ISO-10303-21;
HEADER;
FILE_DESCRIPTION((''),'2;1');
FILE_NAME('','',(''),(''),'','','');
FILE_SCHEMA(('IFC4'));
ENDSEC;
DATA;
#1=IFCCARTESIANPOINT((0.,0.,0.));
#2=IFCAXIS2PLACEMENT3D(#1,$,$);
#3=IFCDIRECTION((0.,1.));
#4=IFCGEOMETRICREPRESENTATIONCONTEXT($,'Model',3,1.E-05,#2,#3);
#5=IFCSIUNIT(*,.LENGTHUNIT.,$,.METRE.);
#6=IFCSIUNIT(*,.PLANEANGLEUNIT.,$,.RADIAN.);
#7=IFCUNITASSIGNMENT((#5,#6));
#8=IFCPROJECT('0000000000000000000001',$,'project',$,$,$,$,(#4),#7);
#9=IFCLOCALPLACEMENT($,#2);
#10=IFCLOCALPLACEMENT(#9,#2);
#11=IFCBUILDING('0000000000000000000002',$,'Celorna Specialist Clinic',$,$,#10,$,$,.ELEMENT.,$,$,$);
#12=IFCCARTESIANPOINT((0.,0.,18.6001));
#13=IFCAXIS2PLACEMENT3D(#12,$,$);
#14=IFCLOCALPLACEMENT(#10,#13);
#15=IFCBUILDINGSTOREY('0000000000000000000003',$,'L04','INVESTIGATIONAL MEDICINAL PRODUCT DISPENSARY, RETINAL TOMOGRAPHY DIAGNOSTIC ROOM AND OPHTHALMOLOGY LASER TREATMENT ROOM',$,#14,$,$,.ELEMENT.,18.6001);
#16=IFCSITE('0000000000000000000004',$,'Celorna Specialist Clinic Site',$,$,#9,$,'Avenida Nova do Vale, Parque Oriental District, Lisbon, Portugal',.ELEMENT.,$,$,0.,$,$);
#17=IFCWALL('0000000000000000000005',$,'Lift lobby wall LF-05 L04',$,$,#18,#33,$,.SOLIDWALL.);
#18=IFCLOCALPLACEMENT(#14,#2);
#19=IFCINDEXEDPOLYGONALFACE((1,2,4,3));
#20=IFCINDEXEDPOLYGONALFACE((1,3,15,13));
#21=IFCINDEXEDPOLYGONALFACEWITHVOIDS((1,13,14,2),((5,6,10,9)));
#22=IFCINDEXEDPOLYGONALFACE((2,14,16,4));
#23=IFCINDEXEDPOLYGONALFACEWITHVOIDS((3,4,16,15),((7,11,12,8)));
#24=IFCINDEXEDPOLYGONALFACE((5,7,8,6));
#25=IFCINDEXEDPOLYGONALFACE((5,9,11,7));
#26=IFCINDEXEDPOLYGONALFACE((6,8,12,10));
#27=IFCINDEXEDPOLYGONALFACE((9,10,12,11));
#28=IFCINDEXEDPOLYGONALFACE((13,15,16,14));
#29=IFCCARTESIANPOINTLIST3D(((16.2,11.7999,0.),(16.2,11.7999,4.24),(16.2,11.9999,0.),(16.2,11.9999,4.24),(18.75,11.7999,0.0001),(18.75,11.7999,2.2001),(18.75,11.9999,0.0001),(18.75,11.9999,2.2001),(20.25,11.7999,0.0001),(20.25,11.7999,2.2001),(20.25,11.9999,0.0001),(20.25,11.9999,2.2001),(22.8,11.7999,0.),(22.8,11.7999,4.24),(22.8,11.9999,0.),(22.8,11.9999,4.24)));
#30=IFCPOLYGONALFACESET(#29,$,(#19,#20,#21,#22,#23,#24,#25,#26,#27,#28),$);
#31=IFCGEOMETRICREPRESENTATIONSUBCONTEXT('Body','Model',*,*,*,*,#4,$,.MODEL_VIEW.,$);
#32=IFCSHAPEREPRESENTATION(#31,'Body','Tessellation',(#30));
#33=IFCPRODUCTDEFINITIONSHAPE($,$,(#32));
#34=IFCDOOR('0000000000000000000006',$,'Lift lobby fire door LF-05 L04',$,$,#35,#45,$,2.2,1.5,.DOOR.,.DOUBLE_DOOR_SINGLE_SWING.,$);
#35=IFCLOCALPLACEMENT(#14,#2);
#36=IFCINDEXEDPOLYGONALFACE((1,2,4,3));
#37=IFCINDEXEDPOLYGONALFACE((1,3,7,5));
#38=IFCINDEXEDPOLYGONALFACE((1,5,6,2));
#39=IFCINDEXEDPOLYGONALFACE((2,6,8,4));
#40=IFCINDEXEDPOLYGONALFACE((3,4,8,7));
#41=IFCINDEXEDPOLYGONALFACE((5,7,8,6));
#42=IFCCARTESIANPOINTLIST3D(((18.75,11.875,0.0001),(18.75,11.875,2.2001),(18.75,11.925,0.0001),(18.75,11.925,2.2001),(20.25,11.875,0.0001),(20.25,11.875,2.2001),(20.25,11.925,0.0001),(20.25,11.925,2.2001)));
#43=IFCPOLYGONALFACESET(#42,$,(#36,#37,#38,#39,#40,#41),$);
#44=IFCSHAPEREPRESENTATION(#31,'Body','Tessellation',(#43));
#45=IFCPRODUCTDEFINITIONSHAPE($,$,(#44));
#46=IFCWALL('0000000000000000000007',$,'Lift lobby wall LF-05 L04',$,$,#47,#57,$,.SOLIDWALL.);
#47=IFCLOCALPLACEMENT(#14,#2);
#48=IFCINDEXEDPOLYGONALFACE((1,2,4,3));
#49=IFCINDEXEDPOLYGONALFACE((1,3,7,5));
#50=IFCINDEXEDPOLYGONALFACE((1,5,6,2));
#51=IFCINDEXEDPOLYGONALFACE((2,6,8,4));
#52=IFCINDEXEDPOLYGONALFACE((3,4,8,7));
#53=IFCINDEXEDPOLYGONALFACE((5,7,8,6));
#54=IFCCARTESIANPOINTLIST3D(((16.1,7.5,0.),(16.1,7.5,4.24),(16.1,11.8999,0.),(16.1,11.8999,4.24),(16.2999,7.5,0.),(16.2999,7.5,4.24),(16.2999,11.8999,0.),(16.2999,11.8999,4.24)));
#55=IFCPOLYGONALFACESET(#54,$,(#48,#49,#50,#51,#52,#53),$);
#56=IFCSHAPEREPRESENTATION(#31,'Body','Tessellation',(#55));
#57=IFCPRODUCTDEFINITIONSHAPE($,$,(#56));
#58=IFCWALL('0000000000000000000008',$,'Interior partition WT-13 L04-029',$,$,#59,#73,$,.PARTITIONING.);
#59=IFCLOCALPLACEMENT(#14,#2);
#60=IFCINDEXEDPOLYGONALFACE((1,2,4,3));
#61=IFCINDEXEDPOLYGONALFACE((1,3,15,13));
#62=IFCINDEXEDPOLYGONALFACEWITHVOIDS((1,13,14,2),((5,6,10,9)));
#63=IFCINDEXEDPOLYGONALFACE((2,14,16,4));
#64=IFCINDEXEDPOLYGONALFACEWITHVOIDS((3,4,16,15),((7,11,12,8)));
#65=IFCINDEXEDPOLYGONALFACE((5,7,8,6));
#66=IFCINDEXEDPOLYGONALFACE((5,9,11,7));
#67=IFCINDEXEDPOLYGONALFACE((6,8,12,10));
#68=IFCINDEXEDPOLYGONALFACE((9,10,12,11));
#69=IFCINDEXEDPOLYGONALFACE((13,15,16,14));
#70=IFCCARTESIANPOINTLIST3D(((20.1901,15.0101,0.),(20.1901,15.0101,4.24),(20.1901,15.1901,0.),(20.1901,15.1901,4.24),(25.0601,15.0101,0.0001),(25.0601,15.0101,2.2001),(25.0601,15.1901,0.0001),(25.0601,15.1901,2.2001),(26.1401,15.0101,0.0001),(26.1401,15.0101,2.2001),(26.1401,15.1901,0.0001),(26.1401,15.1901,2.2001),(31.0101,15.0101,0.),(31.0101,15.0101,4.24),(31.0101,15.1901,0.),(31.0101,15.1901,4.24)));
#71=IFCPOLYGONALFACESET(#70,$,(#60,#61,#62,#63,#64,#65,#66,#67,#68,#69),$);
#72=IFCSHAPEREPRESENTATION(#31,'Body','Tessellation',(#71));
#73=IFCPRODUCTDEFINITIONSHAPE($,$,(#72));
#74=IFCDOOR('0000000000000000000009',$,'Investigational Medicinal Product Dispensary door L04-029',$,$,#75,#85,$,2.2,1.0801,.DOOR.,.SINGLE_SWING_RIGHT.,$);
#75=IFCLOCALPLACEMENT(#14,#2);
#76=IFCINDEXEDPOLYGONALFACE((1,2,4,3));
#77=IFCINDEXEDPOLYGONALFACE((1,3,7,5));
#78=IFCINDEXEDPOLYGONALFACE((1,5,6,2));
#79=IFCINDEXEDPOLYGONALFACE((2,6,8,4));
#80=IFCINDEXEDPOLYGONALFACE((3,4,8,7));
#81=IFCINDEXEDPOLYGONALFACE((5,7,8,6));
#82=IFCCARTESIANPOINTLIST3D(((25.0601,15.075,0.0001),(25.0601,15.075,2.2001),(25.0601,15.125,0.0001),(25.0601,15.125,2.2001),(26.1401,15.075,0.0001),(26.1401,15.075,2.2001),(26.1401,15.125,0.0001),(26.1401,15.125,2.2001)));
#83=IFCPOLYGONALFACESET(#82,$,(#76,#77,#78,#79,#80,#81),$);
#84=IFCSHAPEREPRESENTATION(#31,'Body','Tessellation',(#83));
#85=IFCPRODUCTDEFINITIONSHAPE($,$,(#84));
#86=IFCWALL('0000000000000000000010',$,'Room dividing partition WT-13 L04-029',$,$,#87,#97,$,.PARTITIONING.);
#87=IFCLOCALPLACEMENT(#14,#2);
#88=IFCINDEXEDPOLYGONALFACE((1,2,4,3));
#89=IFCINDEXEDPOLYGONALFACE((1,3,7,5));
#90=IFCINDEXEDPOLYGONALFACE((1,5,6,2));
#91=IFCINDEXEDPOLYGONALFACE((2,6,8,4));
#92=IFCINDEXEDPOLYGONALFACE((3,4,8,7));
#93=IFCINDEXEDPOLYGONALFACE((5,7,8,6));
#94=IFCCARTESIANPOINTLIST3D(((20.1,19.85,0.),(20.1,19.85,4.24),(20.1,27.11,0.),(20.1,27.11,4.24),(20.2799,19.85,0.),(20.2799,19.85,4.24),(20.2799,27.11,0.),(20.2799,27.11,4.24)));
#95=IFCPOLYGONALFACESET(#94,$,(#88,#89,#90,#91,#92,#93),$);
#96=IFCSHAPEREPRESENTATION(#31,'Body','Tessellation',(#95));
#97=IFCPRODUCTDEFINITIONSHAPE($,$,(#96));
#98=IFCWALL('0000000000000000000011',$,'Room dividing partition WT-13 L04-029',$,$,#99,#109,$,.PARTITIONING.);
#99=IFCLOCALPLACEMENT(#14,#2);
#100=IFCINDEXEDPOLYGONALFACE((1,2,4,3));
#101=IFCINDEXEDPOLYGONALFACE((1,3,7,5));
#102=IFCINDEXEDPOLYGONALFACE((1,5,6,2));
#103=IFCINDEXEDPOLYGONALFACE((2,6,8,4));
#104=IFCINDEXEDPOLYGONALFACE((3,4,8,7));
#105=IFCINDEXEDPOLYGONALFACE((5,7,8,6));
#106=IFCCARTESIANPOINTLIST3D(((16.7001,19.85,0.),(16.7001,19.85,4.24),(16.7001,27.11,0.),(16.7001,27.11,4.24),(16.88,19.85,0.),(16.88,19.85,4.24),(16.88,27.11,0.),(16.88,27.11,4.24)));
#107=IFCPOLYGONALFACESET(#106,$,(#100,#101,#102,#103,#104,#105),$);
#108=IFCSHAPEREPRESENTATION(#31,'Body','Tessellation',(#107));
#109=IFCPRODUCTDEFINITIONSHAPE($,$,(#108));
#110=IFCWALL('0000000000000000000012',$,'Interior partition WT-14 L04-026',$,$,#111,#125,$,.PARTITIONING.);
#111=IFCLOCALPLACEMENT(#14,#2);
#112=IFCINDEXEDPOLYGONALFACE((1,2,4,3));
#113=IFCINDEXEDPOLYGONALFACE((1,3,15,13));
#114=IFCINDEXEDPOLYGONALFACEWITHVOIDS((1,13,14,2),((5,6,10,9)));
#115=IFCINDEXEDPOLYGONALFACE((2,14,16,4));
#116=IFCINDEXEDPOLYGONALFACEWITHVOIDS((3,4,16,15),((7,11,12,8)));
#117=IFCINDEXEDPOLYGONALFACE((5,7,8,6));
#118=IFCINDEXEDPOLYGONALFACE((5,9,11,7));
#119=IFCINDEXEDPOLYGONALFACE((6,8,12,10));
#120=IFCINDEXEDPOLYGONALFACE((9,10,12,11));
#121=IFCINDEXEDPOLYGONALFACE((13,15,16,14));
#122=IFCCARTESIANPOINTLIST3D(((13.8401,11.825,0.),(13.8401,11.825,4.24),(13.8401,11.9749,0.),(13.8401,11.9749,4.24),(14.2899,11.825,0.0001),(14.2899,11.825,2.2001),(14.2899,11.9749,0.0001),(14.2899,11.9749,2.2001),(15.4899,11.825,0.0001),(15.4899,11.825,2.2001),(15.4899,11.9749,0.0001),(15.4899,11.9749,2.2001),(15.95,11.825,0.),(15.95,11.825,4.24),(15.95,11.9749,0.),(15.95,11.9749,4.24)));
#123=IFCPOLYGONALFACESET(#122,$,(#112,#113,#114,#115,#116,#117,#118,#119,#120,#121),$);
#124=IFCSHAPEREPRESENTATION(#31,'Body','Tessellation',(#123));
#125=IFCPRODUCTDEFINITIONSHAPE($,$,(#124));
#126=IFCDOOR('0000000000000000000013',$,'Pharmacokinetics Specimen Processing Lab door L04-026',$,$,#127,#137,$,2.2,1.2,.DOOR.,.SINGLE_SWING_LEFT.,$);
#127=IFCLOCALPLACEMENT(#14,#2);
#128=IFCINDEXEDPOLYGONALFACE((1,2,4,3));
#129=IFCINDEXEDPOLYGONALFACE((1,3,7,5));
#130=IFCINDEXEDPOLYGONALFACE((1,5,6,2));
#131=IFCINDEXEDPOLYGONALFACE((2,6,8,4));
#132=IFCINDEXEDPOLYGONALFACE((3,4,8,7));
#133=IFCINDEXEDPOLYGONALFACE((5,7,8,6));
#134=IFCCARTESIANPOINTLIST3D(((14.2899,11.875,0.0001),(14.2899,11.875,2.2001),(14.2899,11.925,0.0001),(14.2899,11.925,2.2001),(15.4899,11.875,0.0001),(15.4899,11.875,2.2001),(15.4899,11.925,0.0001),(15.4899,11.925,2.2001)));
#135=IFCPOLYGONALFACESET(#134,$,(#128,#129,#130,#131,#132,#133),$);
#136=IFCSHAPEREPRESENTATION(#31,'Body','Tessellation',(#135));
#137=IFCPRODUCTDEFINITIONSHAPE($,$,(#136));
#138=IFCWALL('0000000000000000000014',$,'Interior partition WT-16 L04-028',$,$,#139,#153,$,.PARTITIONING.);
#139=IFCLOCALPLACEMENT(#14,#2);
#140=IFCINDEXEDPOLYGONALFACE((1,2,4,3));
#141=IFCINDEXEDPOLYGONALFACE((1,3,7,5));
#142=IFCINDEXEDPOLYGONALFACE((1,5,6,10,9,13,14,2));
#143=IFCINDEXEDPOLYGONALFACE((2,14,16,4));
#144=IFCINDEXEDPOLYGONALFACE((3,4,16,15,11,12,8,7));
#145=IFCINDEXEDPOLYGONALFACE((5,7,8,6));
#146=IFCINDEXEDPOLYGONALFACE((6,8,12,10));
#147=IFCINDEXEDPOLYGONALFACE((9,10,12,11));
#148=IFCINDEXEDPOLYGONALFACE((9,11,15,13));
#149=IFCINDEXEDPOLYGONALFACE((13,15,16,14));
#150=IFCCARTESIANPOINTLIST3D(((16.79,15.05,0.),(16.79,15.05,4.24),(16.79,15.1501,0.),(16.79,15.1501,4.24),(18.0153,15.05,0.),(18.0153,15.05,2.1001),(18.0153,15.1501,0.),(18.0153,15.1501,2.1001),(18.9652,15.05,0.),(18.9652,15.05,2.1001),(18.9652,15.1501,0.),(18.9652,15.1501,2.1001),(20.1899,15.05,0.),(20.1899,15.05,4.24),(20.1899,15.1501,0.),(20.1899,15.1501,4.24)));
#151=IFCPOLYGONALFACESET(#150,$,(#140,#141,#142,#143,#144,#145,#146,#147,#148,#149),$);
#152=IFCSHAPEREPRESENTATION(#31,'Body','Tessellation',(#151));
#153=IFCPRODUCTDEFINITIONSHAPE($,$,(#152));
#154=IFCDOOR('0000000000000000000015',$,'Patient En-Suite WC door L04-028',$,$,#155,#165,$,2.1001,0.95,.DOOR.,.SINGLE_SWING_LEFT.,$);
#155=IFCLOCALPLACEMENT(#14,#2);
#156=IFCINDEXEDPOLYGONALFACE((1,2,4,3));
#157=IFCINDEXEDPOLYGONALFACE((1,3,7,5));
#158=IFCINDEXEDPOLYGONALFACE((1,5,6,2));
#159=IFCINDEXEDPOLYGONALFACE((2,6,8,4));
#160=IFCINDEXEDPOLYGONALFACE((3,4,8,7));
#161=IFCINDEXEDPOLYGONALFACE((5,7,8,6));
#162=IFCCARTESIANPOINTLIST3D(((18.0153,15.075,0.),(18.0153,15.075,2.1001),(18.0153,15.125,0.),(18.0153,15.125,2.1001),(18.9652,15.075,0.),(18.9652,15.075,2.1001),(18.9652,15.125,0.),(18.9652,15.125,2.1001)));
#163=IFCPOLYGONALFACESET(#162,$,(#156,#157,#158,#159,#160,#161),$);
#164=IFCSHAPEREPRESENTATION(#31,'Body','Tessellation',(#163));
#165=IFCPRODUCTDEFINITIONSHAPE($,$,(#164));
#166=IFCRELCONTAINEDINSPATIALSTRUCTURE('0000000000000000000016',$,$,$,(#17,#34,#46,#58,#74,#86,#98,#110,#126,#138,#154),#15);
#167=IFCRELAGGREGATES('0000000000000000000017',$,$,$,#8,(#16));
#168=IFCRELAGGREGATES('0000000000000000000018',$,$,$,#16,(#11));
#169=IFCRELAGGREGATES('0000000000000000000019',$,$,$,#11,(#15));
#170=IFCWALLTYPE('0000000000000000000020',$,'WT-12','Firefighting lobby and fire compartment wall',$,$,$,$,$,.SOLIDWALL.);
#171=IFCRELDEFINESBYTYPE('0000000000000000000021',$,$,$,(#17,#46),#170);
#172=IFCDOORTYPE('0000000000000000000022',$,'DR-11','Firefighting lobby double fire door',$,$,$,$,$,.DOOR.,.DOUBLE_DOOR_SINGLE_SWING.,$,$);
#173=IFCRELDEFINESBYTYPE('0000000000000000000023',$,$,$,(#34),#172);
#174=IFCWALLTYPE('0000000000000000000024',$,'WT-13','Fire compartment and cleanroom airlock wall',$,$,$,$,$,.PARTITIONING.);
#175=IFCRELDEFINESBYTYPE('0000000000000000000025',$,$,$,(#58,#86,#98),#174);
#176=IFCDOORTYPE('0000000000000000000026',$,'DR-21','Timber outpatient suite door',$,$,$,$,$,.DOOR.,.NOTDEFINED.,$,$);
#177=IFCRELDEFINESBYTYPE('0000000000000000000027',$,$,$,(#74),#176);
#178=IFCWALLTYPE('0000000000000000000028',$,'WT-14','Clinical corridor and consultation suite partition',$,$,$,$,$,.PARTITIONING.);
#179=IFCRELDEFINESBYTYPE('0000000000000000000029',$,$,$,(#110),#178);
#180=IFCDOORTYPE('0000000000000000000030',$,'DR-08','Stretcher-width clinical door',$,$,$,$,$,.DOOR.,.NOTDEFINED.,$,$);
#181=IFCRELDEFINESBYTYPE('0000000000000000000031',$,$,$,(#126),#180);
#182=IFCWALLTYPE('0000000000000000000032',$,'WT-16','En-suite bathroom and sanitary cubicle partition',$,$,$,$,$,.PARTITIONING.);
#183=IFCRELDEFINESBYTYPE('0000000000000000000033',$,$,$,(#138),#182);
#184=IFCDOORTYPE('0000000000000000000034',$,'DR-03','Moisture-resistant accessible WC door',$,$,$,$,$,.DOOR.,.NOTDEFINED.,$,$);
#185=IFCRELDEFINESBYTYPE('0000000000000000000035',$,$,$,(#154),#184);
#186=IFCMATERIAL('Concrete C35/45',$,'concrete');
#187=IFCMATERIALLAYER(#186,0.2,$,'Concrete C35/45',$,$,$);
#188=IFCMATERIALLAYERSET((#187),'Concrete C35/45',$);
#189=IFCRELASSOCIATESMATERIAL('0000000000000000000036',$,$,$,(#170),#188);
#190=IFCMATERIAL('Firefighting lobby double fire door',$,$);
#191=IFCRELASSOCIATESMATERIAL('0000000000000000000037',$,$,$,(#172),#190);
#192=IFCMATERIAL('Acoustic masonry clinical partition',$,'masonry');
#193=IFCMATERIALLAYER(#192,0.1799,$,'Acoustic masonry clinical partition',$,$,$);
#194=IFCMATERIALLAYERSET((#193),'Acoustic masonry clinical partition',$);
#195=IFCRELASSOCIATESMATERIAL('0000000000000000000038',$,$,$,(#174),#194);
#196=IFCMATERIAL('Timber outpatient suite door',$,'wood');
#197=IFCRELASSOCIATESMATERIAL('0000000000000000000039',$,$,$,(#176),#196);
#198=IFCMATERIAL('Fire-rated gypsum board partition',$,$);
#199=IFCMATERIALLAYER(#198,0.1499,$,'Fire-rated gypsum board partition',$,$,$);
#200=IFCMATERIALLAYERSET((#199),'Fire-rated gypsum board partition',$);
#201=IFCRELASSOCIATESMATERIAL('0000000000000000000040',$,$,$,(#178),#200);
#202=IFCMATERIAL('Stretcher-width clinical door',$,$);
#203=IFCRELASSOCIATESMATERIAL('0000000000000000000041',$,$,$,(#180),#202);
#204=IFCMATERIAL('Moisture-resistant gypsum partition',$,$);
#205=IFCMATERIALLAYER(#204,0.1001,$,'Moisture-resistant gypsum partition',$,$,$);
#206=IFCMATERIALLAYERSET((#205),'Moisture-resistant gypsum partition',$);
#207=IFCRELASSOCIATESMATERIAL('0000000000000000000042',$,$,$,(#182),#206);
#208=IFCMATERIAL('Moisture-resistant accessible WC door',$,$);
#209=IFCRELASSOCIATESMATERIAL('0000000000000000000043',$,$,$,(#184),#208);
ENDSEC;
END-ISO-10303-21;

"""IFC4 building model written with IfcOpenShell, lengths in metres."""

from ifc_helpers import new_model, si_unit, direction, frame, frame_2d, origin, place, context, subcontext, project, spatial, rectangle, extrude, material, layer, layer_set, type_object, element, fill, save


model = new_model("IFC4")

# Units and contexts
model_context = context("Model", 3, precision=1e-05, world=origin(), true_north=direction((0.0, 1.0)))
body_context = subcontext(model_context, "Body", "Model", "MODEL_VIEW")
ifc_project = project(units=[si_unit("LENGTHUNIT", "METRE"), si_unit("PLANEANGLEUNIT", "RADIAN")], contexts=[model_context])

# Site, building, storey
site_placement = place(None, origin())
site = spatial("IfcSite", under=ifc_project, at=site_placement, Name="Celorna Specialist Clinic Site", LongName="Avenida Nova do Vale, Parque Oriental District, Lisbon, Portugal", CompositionType="ELEMENT", RefElevation=0.0)
building_placement = place(site_placement, origin())
building = spatial("IfcBuilding", under=site, at=building_placement, Name="Celorna Specialist Clinic", CompositionType="ELEMENT")
storey_placement = place(building_placement, frame((0.0, 0.0, 18.6001)))
storey = spatial("IfcBuildingStorey", under=building, at=storey_placement, Name="L04", Description="INVESTIGATIONAL MEDICINAL PRODUCT DISPENSARY, RETINAL TOMOGRAPHY DIAGNOSTIC ROOM AND OPHTHALMOLOGY LASER TREATMENT ROOM", CompositionType="ELEMENT", Elevation=18.6001)

# Shared definitions
ifc_material_1 = material(Name="Concrete C35/45", Category="concrete")

# Wall, opening, door
ifc_layer_1 = layer(ifc_material_1, 0.2, Name="Concrete C35/45")
ifc_layer_set_1 = layer_set([ifc_layer_1], Name="Concrete C35/45")
wall_type_1 = type_object("IfcWallType", Name="WT-12", Description="Firefighting lobby and fire compartment wall", PredefinedType="SOLIDWALL", material=ifc_layer_set_1)
wall_1_placement = place(storey_placement, frame((22.8, 11.8999, 0.0), z_axis=(0.0, 0.0, 1.0), x_axis=(-1.0, 0.0, 0.0)))
wall_1 = element("IfcWall", 1, at=wall_1_placement, inside=storey, type_object=wall_type_1, Name="Lift lobby wall LF-05 L04", PredefinedType="SOLIDWALL", context=body_context, shape_type="SweptSolid", body=[
    extrude(rectangle(XDim=6.6001, YDim=0.2, at=frame_2d((3.3, 0.0))), origin(), (0.0, 0.0, 1.0), 4.24),
])
opening_1_placement = place(wall_1_placement, frame((2.55, 0.0, 0.0)))
opening_1 = element("IfcOpeningElement", 2, at=opening_1_placement, cuts=wall_1, PredefinedType="OPENING", context=body_context, shape_type="SweptSolid", body=[
    extrude(rectangle(XDim=1.5, YDim=2.2, at=frame_2d((0.75, 1.1001))), frame((0.0, 0.1099, 0.0), z_axis=(0.0, -1.0, 0.0), x_axis=(1.0, 0.0, 0.0)), (0.0, 0.0, 1.0), 0.22),
])
ifc_material_2 = material(Name="Firefighting lobby double fire door")
door_type_1 = type_object("IfcDoorType", Name="DR-11", Description="Firefighting lobby double fire door", OperationType="DOUBLE_DOOR_SINGLE_SWING", PredefinedType="DOOR", material=ifc_material_2)
door_1_placement = place(opening_1_placement, origin())
door_1 = element("IfcDoor", 3, at=door_1_placement, inside=storey, type_object=door_type_1, Name="Lift lobby fire door LF-05 L04", OperationType="DOUBLE_DOOR_SINGLE_SWING", OverallHeight=2.2, OverallWidth=1.5, PredefinedType="DOOR", context=body_context, shape_type="SweptSolid", body=[
    extrude(rectangle(XDim=1.5, YDim=2.2, at=frame_2d((0.75, 1.1001))), frame((0.0, 0.0249, 0.0), z_axis=(0.0, -1.0, 0.0), x_axis=(1.0, 0.0, 0.0)), (0.0, 0.0, 1.0), 0.05),
])
fill(opening_1, door_1)

# Wall
wall_2_placement = place(storey_placement, frame((16.2, 11.8999, 0.0), z_axis=(0.0, 0.0, 1.0), x_axis=(0.0, -1.0, 0.0)))
element("IfcWall", 4, at=wall_2_placement, inside=storey, type_object=wall_type_1, Name="Lift lobby wall LF-05 L04", PredefinedType="SOLIDWALL", context=body_context, shape_type="SweptSolid", body=[
    extrude(rectangle(XDim=4.3999, YDim=0.2, at=frame_2d((2.2, 0.0))), origin(), (0.0, 0.0, 1.0), 4.24),
])

# Wall, opening, door
ifc_material_3 = material(Name="Acoustic masonry clinical partition", Category="masonry")
ifc_layer_2 = layer(ifc_material_3, 0.1799, Name="Acoustic masonry clinical partition")
ifc_layer_set_2 = layer_set([ifc_layer_2], Name="Acoustic masonry clinical partition")
wall_type_2 = type_object("IfcWallType", Name="WT-13", Description="Fire compartment and cleanroom airlock wall", PredefinedType="PARTITIONING", material=ifc_layer_set_2)
wall_3_placement = place(storey_placement, frame((20.1899, 15.1001, 0.0), z_axis=(0.0, 0.0, 1.0), x_axis=(1.0, 0.0, 0.0)))
wall_3 = element("IfcWall", 5, at=wall_3_placement, inside=storey, type_object=wall_type_2, Name="Interior partition WT-13 L04-029", PredefinedType="PARTITIONING", context=body_context, shape_type="SweptSolid", body=[
    extrude(rectangle(XDim=10.8201, YDim=0.1799, at=frame_2d((5.4102, 0.0))), origin(), (0.0, 0.0, 1.0), 4.24),
])
opening_2_placement = place(wall_3_placement, frame((4.8701, 0.0, 0.0)))
opening_2 = element("IfcOpeningElement", 6, at=opening_2_placement, cuts=wall_3, PredefinedType="OPENING", context=body_context, shape_type="SweptSolid", body=[
    extrude(rectangle(XDim=1.0801, YDim=2.2, at=frame_2d((0.54, 1.1001))), frame((0.0, 0.0999, 0.0), z_axis=(0.0, -1.0, 0.0), x_axis=(1.0, 0.0, 0.0)), (0.0, 0.0, 1.0), 0.2),
])
ifc_material_4 = material(Name="Timber outpatient suite door", Category="wood")
door_type_2 = type_object("IfcDoorType", Name="DR-21", Description="Timber outpatient suite door", OperationType="NOTDEFINED", PredefinedType="DOOR", material=ifc_material_4)
door_2_placement = place(opening_2_placement, origin())
door_2 = element("IfcDoor", 7, at=door_2_placement, inside=storey, type_object=door_type_2, Name="Investigational Medicinal Product Dispensary door L04-029", OperationType="SINGLE_SWING_RIGHT", OverallHeight=2.2, OverallWidth=1.0801, PredefinedType="DOOR", context=body_context, shape_type="SweptSolid", body=[
    extrude(rectangle(XDim=1.0801, YDim=2.2, at=frame_2d((0.54, 1.1001))), frame((0.0, 0.0249, 0.0), z_axis=(0.0, -1.0, 0.0), x_axis=(1.0, 0.0, 0.0)), (0.0, 0.0, 1.0), 0.05),
])
fill(opening_2, door_2)

# Walls
for number, where, z_axis, x_axis, name in (
    (8, (20.1899, 19.8501, 0.0), (0.0, 0.0, 1.0), (0.0, 1.0, 0.0), "Room dividing partition WT-13 L04-029"),
    (9, (16.79, 19.8501, 0.0), (0.0, 0.0, 1.0), (0.0, 1.0, 0.0), "Room dividing partition WT-13 L04-029"),
):
    element("IfcWall", number, at=place(storey_placement, frame(where, z_axis=z_axis, x_axis=x_axis)), inside=storey, type_object=wall_type_2, Name=name, PredefinedType="PARTITIONING", context=body_context, shape_type="SweptSolid", body=[
        extrude(rectangle(XDim=7.26, YDim=0.1799, at=frame_2d((3.6299, 0.0))), origin(), (0.0, 0.0, 1.0), 4.24),
    ])

# Walls, openings, doors
ifc_material_5 = material(Name="Fire-rated gypsum board partition")
ifc_layer_3 = layer(ifc_material_5, 0.1499, Name="Fire-rated gypsum board partition")
ifc_layer_set_3 = layer_set([ifc_layer_3], Name="Fire-rated gypsum board partition")
wall_type_3 = type_object("IfcWallType", Name="WT-14", Description="Clinical corridor and consultation suite partition", PredefinedType="PARTITIONING", material=ifc_layer_set_3)
wall_4_placement = place(storey_placement, frame((15.95, 11.8999, 0.0), z_axis=(0.0, 0.0, 1.0), x_axis=(-1.0, 0.0, 0.0)))
wall_4 = element("IfcWall", 10, at=wall_4_placement, inside=storey, type_object=wall_type_3, Name="Interior partition WT-14 L04-026", PredefinedType="PARTITIONING", context=body_context, shape_type="SweptSolid", body=[
    extrude(rectangle(XDim=2.1099, YDim=0.1499, at=frame_2d((1.0549, 0.0))), origin(), (0.0, 0.0, 1.0), 4.24),
])
opening_3_placement = place(wall_4_placement, frame((0.46, 0.0, 0.0)))
opening_3 = element("IfcOpeningElement", 11, at=opening_3_placement, cuts=wall_4, PredefinedType="OPENING", context=body_context, shape_type="SweptSolid", body=[
    extrude(rectangle(XDim=1.2, YDim=2.2, at=frame_2d((0.6001, 1.1001))), frame((0.0, 0.085, 0.0), z_axis=(0.0, -1.0, 0.0), x_axis=(1.0, 0.0, 0.0)), (0.0, 0.0, 1.0), 0.1699),
])
ifc_material_6 = material(Name="Stretcher-width clinical door")
door_type_3 = type_object("IfcDoorType", Name="DR-08", Description="Stretcher-width clinical door", OperationType="NOTDEFINED", PredefinedType="DOOR", material=ifc_material_6)
door_3_placement = place(opening_3_placement, origin())
door_3 = element("IfcDoor", 12, at=door_3_placement, inside=storey, type_object=door_type_3, Name="Pharmacokinetics Specimen Processing Lab door L04-026", OperationType="SINGLE_SWING_LEFT", OverallHeight=2.2, OverallWidth=1.2, PredefinedType="DOOR", context=body_context, shape_type="SweptSolid", body=[
    extrude(rectangle(XDim=1.2, YDim=2.2, at=frame_2d((0.6001, 1.1001))), frame((0.0, 0.0249, 0.0), z_axis=(0.0, -1.0, 0.0), x_axis=(1.0, 0.0, 0.0)), (0.0, 0.0, 1.0), 0.05),
])
fill(opening_3, door_3)
ifc_material_7 = material(Name="Moisture-resistant gypsum partition")
ifc_layer_4 = layer(ifc_material_7, 0.1001, Name="Moisture-resistant gypsum partition")
ifc_layer_set_4 = layer_set([ifc_layer_4], Name="Moisture-resistant gypsum partition")
wall_type_4 = type_object("IfcWallType", Name="WT-16", Description="En-suite bathroom and sanitary cubicle partition", PredefinedType="PARTITIONING", material=ifc_layer_set_4)
wall_5_placement = place(storey_placement, frame((16.79, 15.1001, 0.0), z_axis=(0.0, 0.0, 1.0), x_axis=(1.0, 0.0, 0.0)))
wall_5 = element("IfcWall", 13, at=wall_5_placement, inside=storey, type_object=wall_type_4, Name="Interior partition WT-16 L04-028", PredefinedType="PARTITIONING", context=body_context, shape_type="SweptSolid", body=[
    extrude(rectangle(XDim=3.3999, YDim=0.1001, at=frame_2d((1.7, 0.0))), origin(), (0.0, 0.0, 1.0), 4.24),
])
opening_4_placement = place(wall_5_placement, frame((1.2251, 0.0, 0.0)))
opening_4 = element("IfcOpeningElement", 14, at=opening_4_placement, cuts=wall_5, PredefinedType="OPENING", context=body_context, shape_type="SweptSolid", body=[
    extrude(rectangle(XDim=0.95, YDim=2.1001, at=frame_2d((0.4751, 1.05))), frame((0.0, 0.0601, 0.0), z_axis=(0.0, -1.0, 0.0), x_axis=(1.0, 0.0, 0.0)), (0.0, 0.0, 1.0), 0.1201),
])
ifc_material_8 = material(Name="Moisture-resistant accessible WC door")
door_type_4 = type_object("IfcDoorType", Name="DR-03", Description="Moisture-resistant accessible WC door", OperationType="NOTDEFINED", PredefinedType="DOOR", material=ifc_material_8)
door_4_placement = place(opening_4_placement, origin())
door_4 = element("IfcDoor", 15, at=door_4_placement, inside=storey, type_object=door_type_4, Name="Patient En-Suite WC door L04-028", OperationType="SINGLE_SWING_LEFT", OverallHeight=2.1001, OverallWidth=0.95, PredefinedType="DOOR", context=body_context, shape_type="SweptSolid", body=[
    extrude(rectangle(XDim=0.95, YDim=2.1001, at=frame_2d((0.4751, 1.05))), frame((0.0, 0.0249, 0.0), z_axis=(0.0, -1.0, 0.0), x_axis=(1.0, 0.0, 0.0)), (0.0, 0.0, 1.0), 0.05),
])
fill(opening_4, door_4)

save(model, "model.ifc")
